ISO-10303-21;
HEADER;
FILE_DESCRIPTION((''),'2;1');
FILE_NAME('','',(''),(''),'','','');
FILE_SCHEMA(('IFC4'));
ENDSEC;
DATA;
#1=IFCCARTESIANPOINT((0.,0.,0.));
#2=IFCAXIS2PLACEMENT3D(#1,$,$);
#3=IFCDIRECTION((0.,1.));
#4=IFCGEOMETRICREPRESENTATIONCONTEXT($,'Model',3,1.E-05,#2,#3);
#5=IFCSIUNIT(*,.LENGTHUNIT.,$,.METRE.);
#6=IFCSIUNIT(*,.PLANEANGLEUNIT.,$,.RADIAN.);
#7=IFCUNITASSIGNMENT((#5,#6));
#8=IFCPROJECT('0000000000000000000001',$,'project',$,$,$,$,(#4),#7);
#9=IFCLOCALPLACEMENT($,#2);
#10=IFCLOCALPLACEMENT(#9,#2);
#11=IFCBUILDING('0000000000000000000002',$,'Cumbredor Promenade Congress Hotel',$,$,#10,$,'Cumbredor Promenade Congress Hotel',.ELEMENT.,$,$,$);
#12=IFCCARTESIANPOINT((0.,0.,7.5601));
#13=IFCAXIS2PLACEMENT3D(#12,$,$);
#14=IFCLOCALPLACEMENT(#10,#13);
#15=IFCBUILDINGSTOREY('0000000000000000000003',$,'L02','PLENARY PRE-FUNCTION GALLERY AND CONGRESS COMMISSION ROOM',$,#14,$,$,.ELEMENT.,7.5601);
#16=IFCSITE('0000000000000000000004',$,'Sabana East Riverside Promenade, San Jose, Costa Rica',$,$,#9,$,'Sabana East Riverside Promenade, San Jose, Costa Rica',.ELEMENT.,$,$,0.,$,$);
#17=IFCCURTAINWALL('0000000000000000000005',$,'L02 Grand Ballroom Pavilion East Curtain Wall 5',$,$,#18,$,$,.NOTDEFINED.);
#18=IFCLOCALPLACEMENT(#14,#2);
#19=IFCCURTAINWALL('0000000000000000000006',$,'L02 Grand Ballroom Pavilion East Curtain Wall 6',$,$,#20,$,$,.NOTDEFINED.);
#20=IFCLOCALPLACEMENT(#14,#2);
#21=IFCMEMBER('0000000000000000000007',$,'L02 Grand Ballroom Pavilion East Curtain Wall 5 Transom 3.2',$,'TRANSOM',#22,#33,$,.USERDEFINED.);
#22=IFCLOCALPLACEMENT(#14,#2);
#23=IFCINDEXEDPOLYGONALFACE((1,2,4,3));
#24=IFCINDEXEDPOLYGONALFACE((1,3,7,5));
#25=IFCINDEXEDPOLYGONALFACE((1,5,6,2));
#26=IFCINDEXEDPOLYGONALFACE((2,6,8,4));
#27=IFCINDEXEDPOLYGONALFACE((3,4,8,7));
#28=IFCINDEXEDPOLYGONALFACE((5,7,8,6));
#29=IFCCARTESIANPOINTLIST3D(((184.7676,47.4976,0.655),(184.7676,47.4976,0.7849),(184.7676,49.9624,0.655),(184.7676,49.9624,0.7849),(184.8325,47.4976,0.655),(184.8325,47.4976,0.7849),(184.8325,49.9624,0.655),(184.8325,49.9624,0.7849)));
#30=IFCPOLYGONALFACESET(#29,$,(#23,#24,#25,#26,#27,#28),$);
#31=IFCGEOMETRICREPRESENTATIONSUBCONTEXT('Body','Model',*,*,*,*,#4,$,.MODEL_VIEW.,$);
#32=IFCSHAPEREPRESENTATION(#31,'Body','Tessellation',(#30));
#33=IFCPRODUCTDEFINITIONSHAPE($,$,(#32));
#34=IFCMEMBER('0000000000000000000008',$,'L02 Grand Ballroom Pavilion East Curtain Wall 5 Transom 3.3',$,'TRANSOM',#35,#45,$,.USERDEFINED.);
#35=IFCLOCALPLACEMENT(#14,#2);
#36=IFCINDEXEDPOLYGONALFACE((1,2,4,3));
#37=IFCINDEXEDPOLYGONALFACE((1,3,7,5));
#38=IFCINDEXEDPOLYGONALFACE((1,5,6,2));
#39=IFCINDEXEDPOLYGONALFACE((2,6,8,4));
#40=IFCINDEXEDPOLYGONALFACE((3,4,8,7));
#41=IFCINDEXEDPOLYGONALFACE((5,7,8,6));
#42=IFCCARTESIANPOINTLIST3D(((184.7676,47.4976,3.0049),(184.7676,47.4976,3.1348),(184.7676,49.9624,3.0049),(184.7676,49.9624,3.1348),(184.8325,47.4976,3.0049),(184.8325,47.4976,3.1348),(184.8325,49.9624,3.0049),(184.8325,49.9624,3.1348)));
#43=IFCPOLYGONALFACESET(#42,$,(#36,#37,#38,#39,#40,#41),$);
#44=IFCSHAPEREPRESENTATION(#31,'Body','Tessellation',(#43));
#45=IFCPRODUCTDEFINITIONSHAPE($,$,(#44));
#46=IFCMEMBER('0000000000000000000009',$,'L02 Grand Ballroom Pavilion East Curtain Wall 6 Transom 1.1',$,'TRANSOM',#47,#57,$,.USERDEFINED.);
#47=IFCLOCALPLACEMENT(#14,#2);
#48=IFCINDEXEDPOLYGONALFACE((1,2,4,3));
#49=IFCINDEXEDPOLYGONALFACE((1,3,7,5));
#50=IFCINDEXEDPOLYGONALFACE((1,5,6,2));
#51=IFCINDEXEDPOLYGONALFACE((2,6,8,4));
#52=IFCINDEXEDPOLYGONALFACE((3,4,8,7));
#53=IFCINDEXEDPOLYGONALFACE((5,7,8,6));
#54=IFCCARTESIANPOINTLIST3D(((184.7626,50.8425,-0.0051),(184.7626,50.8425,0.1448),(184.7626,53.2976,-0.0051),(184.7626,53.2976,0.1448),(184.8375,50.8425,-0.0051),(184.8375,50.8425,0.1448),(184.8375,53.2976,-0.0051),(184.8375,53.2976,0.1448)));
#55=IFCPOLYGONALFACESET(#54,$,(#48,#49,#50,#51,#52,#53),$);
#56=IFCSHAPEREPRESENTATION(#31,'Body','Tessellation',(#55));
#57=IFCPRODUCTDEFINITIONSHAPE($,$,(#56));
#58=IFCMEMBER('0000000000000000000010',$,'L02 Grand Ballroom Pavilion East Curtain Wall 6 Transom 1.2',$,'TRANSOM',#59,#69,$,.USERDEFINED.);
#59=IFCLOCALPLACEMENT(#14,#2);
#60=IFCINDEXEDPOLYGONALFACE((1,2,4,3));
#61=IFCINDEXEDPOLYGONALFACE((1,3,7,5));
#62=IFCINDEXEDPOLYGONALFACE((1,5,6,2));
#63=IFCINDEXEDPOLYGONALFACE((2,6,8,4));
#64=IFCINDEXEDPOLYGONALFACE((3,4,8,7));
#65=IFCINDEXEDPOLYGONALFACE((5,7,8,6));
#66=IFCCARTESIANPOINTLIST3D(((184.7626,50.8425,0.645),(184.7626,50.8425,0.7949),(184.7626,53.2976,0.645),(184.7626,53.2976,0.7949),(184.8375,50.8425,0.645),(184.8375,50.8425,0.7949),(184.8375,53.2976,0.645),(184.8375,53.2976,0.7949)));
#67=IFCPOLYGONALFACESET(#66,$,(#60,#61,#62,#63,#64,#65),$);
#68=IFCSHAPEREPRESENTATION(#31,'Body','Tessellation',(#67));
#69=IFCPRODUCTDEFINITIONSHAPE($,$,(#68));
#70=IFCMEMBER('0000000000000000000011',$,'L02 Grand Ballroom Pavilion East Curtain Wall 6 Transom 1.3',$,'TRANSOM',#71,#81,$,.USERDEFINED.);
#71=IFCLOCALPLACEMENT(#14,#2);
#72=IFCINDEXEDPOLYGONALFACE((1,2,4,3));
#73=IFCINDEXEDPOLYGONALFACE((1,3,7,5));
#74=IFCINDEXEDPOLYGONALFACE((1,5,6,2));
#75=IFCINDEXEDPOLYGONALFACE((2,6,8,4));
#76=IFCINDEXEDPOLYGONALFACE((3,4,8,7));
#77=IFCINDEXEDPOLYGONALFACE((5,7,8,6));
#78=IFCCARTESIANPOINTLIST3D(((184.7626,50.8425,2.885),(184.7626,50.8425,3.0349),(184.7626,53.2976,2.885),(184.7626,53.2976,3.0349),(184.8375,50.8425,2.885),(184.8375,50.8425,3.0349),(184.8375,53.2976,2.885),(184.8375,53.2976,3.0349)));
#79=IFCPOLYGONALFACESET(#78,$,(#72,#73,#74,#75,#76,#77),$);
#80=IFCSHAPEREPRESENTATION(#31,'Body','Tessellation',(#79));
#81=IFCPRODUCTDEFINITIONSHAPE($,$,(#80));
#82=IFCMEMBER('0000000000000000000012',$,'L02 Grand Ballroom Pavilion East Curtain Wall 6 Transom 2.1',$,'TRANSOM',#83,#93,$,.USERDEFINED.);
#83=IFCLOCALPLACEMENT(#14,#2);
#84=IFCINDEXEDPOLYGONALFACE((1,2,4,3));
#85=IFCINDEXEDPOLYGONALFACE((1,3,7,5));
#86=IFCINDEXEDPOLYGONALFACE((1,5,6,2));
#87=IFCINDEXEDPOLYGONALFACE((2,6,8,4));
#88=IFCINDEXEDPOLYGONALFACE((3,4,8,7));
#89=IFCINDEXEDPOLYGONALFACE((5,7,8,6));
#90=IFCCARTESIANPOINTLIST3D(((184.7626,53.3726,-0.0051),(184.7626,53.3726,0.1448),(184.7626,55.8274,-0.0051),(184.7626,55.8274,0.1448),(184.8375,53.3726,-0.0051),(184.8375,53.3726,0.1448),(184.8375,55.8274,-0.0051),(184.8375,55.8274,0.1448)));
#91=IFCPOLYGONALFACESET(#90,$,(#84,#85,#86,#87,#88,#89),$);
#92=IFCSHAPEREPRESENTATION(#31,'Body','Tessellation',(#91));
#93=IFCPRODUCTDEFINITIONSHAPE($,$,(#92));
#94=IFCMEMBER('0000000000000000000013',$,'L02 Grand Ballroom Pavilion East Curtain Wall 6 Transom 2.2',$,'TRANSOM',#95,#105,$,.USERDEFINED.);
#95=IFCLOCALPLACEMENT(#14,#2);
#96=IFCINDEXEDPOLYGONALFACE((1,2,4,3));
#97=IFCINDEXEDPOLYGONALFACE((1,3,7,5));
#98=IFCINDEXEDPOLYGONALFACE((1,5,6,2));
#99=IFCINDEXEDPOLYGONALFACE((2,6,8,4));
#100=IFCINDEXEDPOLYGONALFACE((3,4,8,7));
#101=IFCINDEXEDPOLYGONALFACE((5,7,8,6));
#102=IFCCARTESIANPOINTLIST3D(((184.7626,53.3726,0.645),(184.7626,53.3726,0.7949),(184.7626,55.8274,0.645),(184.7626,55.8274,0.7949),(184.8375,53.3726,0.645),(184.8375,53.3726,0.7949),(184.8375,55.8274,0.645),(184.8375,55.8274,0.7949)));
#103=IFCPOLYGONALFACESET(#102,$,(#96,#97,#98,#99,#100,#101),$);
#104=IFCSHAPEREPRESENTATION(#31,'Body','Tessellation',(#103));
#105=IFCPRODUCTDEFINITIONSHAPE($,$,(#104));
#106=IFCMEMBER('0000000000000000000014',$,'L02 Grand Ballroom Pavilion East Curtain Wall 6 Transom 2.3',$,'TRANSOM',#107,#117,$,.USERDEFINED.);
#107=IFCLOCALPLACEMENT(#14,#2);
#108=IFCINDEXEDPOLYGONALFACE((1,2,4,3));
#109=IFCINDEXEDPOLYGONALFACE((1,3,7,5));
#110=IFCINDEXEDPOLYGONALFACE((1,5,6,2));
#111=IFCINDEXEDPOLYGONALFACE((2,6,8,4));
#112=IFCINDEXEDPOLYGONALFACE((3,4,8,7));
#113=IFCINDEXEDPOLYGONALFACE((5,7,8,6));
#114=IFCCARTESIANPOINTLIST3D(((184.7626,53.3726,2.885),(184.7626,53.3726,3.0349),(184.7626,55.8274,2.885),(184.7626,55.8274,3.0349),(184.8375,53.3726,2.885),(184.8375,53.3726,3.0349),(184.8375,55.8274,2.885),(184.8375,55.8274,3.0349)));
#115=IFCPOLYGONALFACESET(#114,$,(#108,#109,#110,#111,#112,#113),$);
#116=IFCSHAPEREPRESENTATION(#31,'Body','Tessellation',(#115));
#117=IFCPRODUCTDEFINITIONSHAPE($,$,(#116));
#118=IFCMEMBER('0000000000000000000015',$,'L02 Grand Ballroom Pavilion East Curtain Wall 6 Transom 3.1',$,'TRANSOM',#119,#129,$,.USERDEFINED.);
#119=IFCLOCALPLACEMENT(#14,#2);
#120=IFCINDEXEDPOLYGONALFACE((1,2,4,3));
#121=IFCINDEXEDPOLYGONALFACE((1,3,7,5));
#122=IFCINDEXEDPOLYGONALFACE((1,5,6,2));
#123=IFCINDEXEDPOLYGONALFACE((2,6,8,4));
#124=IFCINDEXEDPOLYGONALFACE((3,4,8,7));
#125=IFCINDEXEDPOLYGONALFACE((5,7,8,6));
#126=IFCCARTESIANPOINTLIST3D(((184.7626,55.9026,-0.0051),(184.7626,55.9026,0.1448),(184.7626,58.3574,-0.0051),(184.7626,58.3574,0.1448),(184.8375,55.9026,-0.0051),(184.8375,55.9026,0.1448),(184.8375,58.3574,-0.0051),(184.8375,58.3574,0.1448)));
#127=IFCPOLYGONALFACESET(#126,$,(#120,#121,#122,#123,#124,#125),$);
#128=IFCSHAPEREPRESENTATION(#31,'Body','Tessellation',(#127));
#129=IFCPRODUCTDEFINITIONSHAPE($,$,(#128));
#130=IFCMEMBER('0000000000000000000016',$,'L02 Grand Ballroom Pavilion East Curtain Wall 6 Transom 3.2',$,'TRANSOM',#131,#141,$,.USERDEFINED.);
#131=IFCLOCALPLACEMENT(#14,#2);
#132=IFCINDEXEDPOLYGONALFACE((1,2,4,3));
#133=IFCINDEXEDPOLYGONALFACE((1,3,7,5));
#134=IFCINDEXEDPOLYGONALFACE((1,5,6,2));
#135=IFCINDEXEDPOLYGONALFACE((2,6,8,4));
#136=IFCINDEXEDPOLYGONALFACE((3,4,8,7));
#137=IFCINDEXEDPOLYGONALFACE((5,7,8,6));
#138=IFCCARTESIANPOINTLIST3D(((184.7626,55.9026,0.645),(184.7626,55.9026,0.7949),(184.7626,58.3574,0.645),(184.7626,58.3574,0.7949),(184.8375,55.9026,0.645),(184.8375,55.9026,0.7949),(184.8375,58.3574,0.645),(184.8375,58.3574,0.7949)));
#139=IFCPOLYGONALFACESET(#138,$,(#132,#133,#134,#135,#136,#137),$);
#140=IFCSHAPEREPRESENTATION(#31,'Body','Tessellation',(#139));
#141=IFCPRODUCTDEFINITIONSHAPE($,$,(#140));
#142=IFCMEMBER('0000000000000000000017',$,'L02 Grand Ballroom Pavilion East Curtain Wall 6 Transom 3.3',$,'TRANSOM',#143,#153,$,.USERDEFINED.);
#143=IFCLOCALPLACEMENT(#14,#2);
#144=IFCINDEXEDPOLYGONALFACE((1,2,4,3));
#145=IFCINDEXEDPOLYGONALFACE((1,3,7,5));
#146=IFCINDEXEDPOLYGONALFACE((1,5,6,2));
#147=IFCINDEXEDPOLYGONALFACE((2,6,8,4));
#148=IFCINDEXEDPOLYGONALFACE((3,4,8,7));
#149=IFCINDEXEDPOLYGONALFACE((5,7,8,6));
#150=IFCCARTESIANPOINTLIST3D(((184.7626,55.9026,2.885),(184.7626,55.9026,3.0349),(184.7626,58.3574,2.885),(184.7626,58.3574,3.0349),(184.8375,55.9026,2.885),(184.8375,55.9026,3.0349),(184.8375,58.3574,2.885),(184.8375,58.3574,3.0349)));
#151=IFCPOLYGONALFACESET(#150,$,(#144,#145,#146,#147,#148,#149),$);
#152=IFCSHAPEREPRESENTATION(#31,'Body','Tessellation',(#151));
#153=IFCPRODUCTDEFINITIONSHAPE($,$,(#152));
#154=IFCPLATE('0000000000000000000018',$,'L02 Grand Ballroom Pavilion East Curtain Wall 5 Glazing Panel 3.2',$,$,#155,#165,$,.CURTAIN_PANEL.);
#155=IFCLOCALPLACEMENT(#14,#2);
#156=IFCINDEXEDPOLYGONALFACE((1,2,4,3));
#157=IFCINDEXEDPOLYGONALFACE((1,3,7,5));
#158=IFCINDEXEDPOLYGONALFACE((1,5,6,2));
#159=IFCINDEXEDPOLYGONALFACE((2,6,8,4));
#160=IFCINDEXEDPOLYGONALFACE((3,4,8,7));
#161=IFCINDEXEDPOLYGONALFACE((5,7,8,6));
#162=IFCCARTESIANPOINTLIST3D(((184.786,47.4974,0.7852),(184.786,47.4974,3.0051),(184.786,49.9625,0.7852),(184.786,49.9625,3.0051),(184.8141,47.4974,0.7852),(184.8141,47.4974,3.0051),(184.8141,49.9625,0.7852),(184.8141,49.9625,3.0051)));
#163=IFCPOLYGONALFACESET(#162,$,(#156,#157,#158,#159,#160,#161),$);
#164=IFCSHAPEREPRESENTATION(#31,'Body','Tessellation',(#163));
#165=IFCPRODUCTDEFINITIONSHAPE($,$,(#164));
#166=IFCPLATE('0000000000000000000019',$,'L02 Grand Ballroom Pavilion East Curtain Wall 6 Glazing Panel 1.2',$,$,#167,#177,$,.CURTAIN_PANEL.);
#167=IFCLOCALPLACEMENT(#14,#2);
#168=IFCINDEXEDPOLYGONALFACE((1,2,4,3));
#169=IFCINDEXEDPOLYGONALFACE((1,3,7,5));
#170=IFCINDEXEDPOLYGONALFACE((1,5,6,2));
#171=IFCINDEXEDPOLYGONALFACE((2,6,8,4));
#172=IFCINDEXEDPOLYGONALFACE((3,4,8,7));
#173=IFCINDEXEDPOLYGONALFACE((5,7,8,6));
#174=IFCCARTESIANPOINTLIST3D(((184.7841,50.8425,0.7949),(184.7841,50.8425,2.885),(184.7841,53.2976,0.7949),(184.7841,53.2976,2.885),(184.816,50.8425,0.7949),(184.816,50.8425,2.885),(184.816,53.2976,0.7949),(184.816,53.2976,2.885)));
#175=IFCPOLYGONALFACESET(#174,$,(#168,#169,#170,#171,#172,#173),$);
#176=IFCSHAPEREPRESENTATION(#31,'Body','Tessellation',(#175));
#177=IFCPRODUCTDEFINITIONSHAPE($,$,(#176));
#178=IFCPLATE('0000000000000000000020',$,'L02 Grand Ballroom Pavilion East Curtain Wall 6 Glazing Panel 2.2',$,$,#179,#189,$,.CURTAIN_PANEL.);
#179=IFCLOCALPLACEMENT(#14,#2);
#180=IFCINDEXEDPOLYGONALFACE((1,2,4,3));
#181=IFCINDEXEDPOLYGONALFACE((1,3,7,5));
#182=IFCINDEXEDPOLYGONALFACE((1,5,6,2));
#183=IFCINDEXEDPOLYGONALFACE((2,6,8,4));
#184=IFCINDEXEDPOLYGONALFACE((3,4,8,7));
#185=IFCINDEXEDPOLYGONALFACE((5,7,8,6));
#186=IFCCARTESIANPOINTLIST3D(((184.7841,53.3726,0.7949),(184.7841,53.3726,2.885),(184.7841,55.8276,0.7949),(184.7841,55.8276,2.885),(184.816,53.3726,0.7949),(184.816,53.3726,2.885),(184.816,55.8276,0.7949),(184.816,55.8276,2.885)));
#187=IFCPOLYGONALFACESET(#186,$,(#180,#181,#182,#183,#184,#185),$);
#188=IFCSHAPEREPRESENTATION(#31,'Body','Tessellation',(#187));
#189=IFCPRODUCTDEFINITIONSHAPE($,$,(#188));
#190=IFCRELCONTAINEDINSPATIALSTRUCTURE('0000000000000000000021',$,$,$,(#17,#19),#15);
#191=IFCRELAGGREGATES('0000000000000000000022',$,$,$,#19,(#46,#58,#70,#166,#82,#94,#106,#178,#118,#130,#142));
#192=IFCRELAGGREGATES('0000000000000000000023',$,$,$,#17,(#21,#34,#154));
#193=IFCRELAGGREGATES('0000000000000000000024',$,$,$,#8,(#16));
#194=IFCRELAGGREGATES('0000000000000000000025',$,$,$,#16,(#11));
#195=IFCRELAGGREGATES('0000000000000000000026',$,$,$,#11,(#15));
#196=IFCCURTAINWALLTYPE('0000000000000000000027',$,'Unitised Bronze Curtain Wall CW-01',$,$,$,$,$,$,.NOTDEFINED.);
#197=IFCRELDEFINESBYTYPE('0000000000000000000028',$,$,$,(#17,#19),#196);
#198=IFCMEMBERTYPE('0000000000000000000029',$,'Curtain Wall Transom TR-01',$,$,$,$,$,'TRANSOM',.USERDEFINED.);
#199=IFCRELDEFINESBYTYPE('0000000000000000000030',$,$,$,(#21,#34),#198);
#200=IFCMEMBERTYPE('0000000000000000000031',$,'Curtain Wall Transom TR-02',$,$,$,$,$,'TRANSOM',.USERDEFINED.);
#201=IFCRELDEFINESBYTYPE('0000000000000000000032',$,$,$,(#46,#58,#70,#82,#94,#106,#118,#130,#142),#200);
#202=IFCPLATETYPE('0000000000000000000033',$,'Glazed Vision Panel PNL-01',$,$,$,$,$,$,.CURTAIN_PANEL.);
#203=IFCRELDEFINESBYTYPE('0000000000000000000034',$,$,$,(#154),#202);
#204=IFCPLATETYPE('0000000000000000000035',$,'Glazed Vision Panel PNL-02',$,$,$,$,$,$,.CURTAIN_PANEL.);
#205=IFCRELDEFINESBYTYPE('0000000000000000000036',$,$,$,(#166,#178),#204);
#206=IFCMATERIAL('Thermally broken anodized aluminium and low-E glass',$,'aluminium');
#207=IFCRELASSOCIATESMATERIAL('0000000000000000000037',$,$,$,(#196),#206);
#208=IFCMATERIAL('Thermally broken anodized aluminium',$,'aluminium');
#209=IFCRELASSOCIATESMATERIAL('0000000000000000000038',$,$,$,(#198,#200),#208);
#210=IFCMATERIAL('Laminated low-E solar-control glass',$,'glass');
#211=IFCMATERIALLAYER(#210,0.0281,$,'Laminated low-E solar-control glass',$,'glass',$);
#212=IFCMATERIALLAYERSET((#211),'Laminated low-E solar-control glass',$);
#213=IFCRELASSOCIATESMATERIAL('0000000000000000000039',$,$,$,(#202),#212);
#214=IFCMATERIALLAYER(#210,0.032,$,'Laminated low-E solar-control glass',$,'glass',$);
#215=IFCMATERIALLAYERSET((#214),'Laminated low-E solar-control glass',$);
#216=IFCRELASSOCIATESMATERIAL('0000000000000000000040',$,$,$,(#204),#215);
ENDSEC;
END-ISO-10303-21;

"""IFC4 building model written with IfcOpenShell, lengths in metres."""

from ifc_helpers import new_model, si_unit, direction, frame, origin, origin_2d, place, context, subcontext, project, spatial, rectangle, extrude, material, layer, layer_set, material_profile, profile_set, type_object, element, aggregate, save


model = new_model("IFC4")

# Units and contexts
model_context = context("Model", 3, precision=1e-05, world=origin(), true_north=direction((0.0, 1.0)))
body_context = subcontext(model_context, "Body", "Model", "MODEL_VIEW")
ifc_project = project(units=[si_unit("LENGTHUNIT", "METRE"), si_unit("PLANEANGLEUNIT", "RADIAN")], contexts=[model_context])

# Site, building, storey
site_placement = place(None, origin())
site = spatial("IfcSite", under=ifc_project, at=site_placement, Name="Sabana East Riverside Promenade, San Jose, Costa Rica", LongName="Sabana East Riverside Promenade, San Jose, Costa Rica", CompositionType="ELEMENT", RefElevation=0.0)
building_placement = place(site_placement, origin())
building = spatial("IfcBuilding", under=site, at=building_placement, Name="Cumbredor Promenade Congress Hotel", LongName="Cumbredor Promenade Congress Hotel", CompositionType="ELEMENT")
storey_placement = place(building_placement, frame((0.0, 0.0, 7.5601)))
storey = spatial("IfcBuildingStorey", under=building, at=storey_placement, Name="L02", Description="PLENARY PRE-FUNCTION GALLERY AND CONGRESS COMMISSION ROOM", CompositionType="ELEMENT", Elevation=7.5601)

# Curtain walls
ifc_material_1 = material(Name="Thermally broken anodized aluminium and low-E glass", Category="aluminium")
curtain_wall_type = type_object("IfcCurtainWallType", Name="Unitised Bronze Curtain Wall CW-01", PredefinedType="NOTDEFINED", material=ifc_material_1)
curtain_wall_1_placement = place(storey_placement, origin())
curtain_wall_1 = element("IfcCurtainWall", 1, at=curtain_wall_1_placement, inside=storey, type_object=curtain_wall_type, Name="L02 Grand Ballroom Pavilion East Curtain Wall 5", PredefinedType="NOTDEFINED")
ifc_material_2 = material(Name="Thermally broken anodized aluminium", Category="aluminium")
curtain_wall_2_placement = place(storey_placement, origin())
curtain_wall_2 = element("IfcCurtainWall", 2, at=curtain_wall_2_placement, inside=storey, type_object=curtain_wall_type, Name="L02 Grand Ballroom Pavilion East Curtain Wall 6", PredefinedType="NOTDEFINED")

# Members
ifc_material_profile_1 = material_profile(ifc_material_2, rectangle(XDim=0.0649, YDim=0.1299, at=origin_2d()), Name="ALU TRANSOM 65x130")
ifc_profile_set_1 = profile_set([ifc_material_profile_1], Name="Thermally broken anodized aluminium")
member_type_1 = type_object("IfcMemberType", Name="Curtain Wall Transom TR-01", ElementType="TRANSOM", PredefinedType="USERDEFINED", material=ifc_profile_set_1)
member_1_placement = place(storey_placement, frame((184.8, 47.4976, 0.72), z_axis=(0.0, 1.0, 0.0), x_axis=(-1.0, 0.0, 0.0)))
member_1 = element("IfcMember", 3, at=member_1_placement, type_object=member_type_1, Name="L02 Grand Ballroom Pavilion East Curtain Wall 5 Transom 3.2", ObjectType="TRANSOM", PredefinedType="USERDEFINED", context=body_context, shape_type="SweptSolid", body=[
    extrude(rectangle(XDim=0.0649, YDim=0.1299, at=origin_2d()), origin(), (0.0, 0.0, 1.0), 2.4648),
])
member_2_placement = place(storey_placement, frame((184.8, 47.4976, 3.0698), z_axis=(0.0, 1.0, 0.0), x_axis=(-1.0, 0.0, 0.0)))
member_2 = element("IfcMember", 4, at=member_2_placement, type_object=member_type_1, Name="L02 Grand Ballroom Pavilion East Curtain Wall 5 Transom 3.3", ObjectType="TRANSOM", PredefinedType="USERDEFINED", context=body_context, shape_type="SweptSolid", body=[
    extrude(rectangle(XDim=0.0649, YDim=0.1299, at=origin_2d()), origin(), (0.0, 0.0, 1.0), 2.4648),
])
ifc_material_profile_2 = material_profile(ifc_material_2, rectangle(XDim=0.075, YDim=0.1499, at=origin_2d()), Name="ALU TRANSOM 75x150")
ifc_profile_set_2 = profile_set([ifc_material_profile_2], Name="Thermally broken anodized aluminium")
member_type_2 = type_object("IfcMemberType", Name="Curtain Wall Transom TR-02", ElementType="TRANSOM", PredefinedType="USERDEFINED", material=ifc_profile_set_2)
member_3_placement = place(storey_placement, frame((184.8, 50.8425, 0.0698), z_axis=(0.0, 1.0, 0.0), x_axis=(-1.0, 0.0, 0.0)))
member_3 = element("IfcMember", 5, at=member_3_placement, type_object=member_type_2, Name="L02 Grand Ballroom Pavilion East Curtain Wall 6 Transom 1.1", ObjectType="TRANSOM", PredefinedType="USERDEFINED", context=body_context, shape_type="SweptSolid", body=[
    extrude(rectangle(XDim=0.075, YDim=0.1499, at=origin_2d()), origin(), (0.0, 0.0, 1.0), 2.4551),
])
member_4_placement = place(storey_placement, frame((184.8, 50.8425, 0.72), z_axis=(0.0, 1.0, 0.0), x_axis=(-1.0, 0.0, 0.0)))
member_4 = element("IfcMember", 6, at=member_4_placement, type_object=member_type_2, Name="L02 Grand Ballroom Pavilion East Curtain Wall 6 Transom 1.2", ObjectType="TRANSOM", PredefinedType="USERDEFINED", context=body_context, shape_type="SweptSolid", body=[
    extrude(rectangle(XDim=0.075, YDim=0.1499, at=origin_2d()), origin(), (0.0, 0.0, 1.0), 2.4551),
])
member_5_placement = place(storey_placement, frame((184.8, 50.8425, 2.96), z_axis=(0.0, 1.0, 0.0), x_axis=(-1.0, 0.0, 0.0)))
member_5 = element("IfcMember", 7, at=member_5_placement, type_object=member_type_2, Name="L02 Grand Ballroom Pavilion East Curtain Wall 6 Transom 1.3", ObjectType="TRANSOM", PredefinedType="USERDEFINED", context=body_context, shape_type="SweptSolid", body=[
    extrude(rectangle(XDim=0.075, YDim=0.1499, at=origin_2d()), origin(), (0.0, 0.0, 1.0), 2.4551),
])
member_6_placement = place(storey_placement, frame((184.8, 53.3726, 0.0698), z_axis=(0.0, 1.0, 0.0), x_axis=(-1.0, 0.0, 0.0)))
member_6 = element("IfcMember", 8, at=member_6_placement, type_object=member_type_2, Name="L02 Grand Ballroom Pavilion East Curtain Wall 6 Transom 2.1", ObjectType="TRANSOM", PredefinedType="USERDEFINED", context=body_context, shape_type="SweptSolid", body=[
    extrude(rectangle(XDim=0.075, YDim=0.1499, at=origin_2d()), origin(), (0.0, 0.0, 1.0), 2.4548),
])
member_7_placement = place(storey_placement, frame((184.8, 53.3726, 0.72), z_axis=(0.0, 1.0, 0.0), x_axis=(-1.0, 0.0, 0.0)))
member_7 = element("IfcMember", 9, at=member_7_placement, type_object=member_type_2, Name="L02 Grand Ballroom Pavilion East Curtain Wall 6 Transom 2.2", ObjectType="TRANSOM", PredefinedType="USERDEFINED", context=body_context, shape_type="SweptSolid", body=[
    extrude(rectangle(XDim=0.075, YDim=0.1499, at=origin_2d()), origin(), (0.0, 0.0, 1.0), 2.4548),
])
member_8_placement = place(storey_placement, frame((184.8, 53.3726, 2.96), z_axis=(0.0, 1.0, 0.0), x_axis=(-1.0, 0.0, 0.0)))
member_8 = element("IfcMember", 10, at=member_8_placement, type_object=member_type_2, Name="L02 Grand Ballroom Pavilion East Curtain Wall 6 Transom 2.3", ObjectType="TRANSOM", PredefinedType="USERDEFINED", context=body_context, shape_type="SweptSolid", body=[
    extrude(rectangle(XDim=0.075, YDim=0.1499, at=origin_2d()), origin(), (0.0, 0.0, 1.0), 2.4548),
])
member_9_placement = place(storey_placement, frame((184.8, 55.9026, 0.0698), z_axis=(0.0, 1.0, 0.0), x_axis=(-1.0, 0.0, 0.0)))
member_9 = element("IfcMember", 11, at=member_9_placement, type_object=member_type_2, Name="L02 Grand Ballroom Pavilion East Curtain Wall 6 Transom 3.1", ObjectType="TRANSOM", PredefinedType="USERDEFINED", context=body_context, shape_type="SweptSolid", body=[
    extrude(rectangle(XDim=0.075, YDim=0.1499, at=origin_2d()), origin(), (0.0, 0.0, 1.0), 2.4548),
])
member_10_placement = place(storey_placement, frame((184.8, 55.9026, 0.72), z_axis=(0.0, 1.0, 0.0), x_axis=(-1.0, 0.0, 0.0)))
member_10 = element("IfcMember", 12, at=member_10_placement, type_object=member_type_2, Name="L02 Grand Ballroom Pavilion East Curtain Wall 6 Transom 3.2", ObjectType="TRANSOM", PredefinedType="USERDEFINED", context=body_context, shape_type="SweptSolid", body=[
    extrude(rectangle(XDim=0.075, YDim=0.1499, at=origin_2d()), origin(), (0.0, 0.0, 1.0), 2.4548),
])
member_11_placement = place(storey_placement, frame((184.8, 55.9026, 2.96), z_axis=(0.0, 1.0, 0.0), x_axis=(-1.0, 0.0, 0.0)))
member_11 = element("IfcMember", 13, at=member_11_placement, type_object=member_type_2, Name="L02 Grand Ballroom Pavilion East Curtain Wall 6 Transom 3.3", ObjectType="TRANSOM", PredefinedType="USERDEFINED", context=body_context, shape_type="SweptSolid", body=[
    extrude(rectangle(XDim=0.075, YDim=0.1499, at=origin_2d()), origin(), (0.0, 0.0, 1.0), 2.4548),
])

# Plates
ifc_material_3 = material(Name="Laminated low-E solar-control glass", Category="glass")
ifc_layer_1 = layer(ifc_material_3, 0.0281, Name="Laminated low-E solar-control glass", Category="glass")
ifc_layer_set_1 = layer_set([ifc_layer_1], Name="Laminated low-E solar-control glass")
plate_type_1 = type_object("IfcPlateType", Name="Glazed Vision Panel PNL-01", PredefinedType="CURTAIN_PANEL", material=ifc_layer_set_1)
plate_1_placement = place(storey_placement, frame((184.8, 48.73, 0.7852), z_axis=(0.0, 0.0, 1.0), x_axis=(0.0, 1.0, 0.0)))
plate_1 = element("IfcPlate", 14, at=plate_1_placement, type_object=plate_type_1, Name="L02 Grand Ballroom Pavilion East Curtain Wall 5 Glazing Panel 3.2", PredefinedType="CURTAIN_PANEL", context=body_context, shape_type="SweptSolid", body=[
    extrude(rectangle(XDim=2.4651, YDim=0.0281, at=origin_2d()), origin(), (0.0, 0.0, 1.0), 2.22),
])
ifc_layer_2 = layer(ifc_material_3, 0.032, Name="Laminated low-E solar-control glass", Category="glass")
ifc_layer_set_2 = layer_set([ifc_layer_2], Name="Laminated low-E solar-control glass")
plate_type_2 = type_object("IfcPlateType", Name="Glazed Vision Panel PNL-02", PredefinedType="CURTAIN_PANEL", material=ifc_layer_set_2)
plate_2_placement = place(storey_placement, frame((184.8, 52.0701, 0.7949), z_axis=(0.0, 0.0, 1.0), x_axis=(0.0, 1.0, 0.0)))
plate_2 = element("IfcPlate", 15, at=plate_2_placement, type_object=plate_type_2, Name="L02 Grand Ballroom Pavilion East Curtain Wall 6 Glazing Panel 1.2", PredefinedType="CURTAIN_PANEL", context=body_context, shape_type="SweptSolid", body=[
    extrude(rectangle(XDim=2.4551, YDim=0.032, at=origin_2d()), origin(), (0.0, 0.0, 1.0), 2.0901),
])
plate_3_placement = place(storey_placement, frame((184.8, 54.6001, 0.7949), z_axis=(0.0, 0.0, 1.0), x_axis=(0.0, 1.0, 0.0)))
plate_3 = element("IfcPlate", 16, at=plate_3_placement, type_object=plate_type_2, Name="L02 Grand Ballroom Pavilion East Curtain Wall 6 Glazing Panel 2.2", PredefinedType="CURTAIN_PANEL", context=body_context, shape_type="SweptSolid", body=[
    extrude(rectangle(XDim=2.4551, YDim=0.032, at=origin_2d()), origin(), (0.0, 0.0, 1.0), 2.0901),
])
aggregate(curtain_wall_2, [member_3, member_4, member_5, plate_2, member_6, member_7, member_8, plate_3, member_9, member_10, member_11])
aggregate(curtain_wall_1, [member_1, member_2, plate_1])

save(model, "model.ifc")
